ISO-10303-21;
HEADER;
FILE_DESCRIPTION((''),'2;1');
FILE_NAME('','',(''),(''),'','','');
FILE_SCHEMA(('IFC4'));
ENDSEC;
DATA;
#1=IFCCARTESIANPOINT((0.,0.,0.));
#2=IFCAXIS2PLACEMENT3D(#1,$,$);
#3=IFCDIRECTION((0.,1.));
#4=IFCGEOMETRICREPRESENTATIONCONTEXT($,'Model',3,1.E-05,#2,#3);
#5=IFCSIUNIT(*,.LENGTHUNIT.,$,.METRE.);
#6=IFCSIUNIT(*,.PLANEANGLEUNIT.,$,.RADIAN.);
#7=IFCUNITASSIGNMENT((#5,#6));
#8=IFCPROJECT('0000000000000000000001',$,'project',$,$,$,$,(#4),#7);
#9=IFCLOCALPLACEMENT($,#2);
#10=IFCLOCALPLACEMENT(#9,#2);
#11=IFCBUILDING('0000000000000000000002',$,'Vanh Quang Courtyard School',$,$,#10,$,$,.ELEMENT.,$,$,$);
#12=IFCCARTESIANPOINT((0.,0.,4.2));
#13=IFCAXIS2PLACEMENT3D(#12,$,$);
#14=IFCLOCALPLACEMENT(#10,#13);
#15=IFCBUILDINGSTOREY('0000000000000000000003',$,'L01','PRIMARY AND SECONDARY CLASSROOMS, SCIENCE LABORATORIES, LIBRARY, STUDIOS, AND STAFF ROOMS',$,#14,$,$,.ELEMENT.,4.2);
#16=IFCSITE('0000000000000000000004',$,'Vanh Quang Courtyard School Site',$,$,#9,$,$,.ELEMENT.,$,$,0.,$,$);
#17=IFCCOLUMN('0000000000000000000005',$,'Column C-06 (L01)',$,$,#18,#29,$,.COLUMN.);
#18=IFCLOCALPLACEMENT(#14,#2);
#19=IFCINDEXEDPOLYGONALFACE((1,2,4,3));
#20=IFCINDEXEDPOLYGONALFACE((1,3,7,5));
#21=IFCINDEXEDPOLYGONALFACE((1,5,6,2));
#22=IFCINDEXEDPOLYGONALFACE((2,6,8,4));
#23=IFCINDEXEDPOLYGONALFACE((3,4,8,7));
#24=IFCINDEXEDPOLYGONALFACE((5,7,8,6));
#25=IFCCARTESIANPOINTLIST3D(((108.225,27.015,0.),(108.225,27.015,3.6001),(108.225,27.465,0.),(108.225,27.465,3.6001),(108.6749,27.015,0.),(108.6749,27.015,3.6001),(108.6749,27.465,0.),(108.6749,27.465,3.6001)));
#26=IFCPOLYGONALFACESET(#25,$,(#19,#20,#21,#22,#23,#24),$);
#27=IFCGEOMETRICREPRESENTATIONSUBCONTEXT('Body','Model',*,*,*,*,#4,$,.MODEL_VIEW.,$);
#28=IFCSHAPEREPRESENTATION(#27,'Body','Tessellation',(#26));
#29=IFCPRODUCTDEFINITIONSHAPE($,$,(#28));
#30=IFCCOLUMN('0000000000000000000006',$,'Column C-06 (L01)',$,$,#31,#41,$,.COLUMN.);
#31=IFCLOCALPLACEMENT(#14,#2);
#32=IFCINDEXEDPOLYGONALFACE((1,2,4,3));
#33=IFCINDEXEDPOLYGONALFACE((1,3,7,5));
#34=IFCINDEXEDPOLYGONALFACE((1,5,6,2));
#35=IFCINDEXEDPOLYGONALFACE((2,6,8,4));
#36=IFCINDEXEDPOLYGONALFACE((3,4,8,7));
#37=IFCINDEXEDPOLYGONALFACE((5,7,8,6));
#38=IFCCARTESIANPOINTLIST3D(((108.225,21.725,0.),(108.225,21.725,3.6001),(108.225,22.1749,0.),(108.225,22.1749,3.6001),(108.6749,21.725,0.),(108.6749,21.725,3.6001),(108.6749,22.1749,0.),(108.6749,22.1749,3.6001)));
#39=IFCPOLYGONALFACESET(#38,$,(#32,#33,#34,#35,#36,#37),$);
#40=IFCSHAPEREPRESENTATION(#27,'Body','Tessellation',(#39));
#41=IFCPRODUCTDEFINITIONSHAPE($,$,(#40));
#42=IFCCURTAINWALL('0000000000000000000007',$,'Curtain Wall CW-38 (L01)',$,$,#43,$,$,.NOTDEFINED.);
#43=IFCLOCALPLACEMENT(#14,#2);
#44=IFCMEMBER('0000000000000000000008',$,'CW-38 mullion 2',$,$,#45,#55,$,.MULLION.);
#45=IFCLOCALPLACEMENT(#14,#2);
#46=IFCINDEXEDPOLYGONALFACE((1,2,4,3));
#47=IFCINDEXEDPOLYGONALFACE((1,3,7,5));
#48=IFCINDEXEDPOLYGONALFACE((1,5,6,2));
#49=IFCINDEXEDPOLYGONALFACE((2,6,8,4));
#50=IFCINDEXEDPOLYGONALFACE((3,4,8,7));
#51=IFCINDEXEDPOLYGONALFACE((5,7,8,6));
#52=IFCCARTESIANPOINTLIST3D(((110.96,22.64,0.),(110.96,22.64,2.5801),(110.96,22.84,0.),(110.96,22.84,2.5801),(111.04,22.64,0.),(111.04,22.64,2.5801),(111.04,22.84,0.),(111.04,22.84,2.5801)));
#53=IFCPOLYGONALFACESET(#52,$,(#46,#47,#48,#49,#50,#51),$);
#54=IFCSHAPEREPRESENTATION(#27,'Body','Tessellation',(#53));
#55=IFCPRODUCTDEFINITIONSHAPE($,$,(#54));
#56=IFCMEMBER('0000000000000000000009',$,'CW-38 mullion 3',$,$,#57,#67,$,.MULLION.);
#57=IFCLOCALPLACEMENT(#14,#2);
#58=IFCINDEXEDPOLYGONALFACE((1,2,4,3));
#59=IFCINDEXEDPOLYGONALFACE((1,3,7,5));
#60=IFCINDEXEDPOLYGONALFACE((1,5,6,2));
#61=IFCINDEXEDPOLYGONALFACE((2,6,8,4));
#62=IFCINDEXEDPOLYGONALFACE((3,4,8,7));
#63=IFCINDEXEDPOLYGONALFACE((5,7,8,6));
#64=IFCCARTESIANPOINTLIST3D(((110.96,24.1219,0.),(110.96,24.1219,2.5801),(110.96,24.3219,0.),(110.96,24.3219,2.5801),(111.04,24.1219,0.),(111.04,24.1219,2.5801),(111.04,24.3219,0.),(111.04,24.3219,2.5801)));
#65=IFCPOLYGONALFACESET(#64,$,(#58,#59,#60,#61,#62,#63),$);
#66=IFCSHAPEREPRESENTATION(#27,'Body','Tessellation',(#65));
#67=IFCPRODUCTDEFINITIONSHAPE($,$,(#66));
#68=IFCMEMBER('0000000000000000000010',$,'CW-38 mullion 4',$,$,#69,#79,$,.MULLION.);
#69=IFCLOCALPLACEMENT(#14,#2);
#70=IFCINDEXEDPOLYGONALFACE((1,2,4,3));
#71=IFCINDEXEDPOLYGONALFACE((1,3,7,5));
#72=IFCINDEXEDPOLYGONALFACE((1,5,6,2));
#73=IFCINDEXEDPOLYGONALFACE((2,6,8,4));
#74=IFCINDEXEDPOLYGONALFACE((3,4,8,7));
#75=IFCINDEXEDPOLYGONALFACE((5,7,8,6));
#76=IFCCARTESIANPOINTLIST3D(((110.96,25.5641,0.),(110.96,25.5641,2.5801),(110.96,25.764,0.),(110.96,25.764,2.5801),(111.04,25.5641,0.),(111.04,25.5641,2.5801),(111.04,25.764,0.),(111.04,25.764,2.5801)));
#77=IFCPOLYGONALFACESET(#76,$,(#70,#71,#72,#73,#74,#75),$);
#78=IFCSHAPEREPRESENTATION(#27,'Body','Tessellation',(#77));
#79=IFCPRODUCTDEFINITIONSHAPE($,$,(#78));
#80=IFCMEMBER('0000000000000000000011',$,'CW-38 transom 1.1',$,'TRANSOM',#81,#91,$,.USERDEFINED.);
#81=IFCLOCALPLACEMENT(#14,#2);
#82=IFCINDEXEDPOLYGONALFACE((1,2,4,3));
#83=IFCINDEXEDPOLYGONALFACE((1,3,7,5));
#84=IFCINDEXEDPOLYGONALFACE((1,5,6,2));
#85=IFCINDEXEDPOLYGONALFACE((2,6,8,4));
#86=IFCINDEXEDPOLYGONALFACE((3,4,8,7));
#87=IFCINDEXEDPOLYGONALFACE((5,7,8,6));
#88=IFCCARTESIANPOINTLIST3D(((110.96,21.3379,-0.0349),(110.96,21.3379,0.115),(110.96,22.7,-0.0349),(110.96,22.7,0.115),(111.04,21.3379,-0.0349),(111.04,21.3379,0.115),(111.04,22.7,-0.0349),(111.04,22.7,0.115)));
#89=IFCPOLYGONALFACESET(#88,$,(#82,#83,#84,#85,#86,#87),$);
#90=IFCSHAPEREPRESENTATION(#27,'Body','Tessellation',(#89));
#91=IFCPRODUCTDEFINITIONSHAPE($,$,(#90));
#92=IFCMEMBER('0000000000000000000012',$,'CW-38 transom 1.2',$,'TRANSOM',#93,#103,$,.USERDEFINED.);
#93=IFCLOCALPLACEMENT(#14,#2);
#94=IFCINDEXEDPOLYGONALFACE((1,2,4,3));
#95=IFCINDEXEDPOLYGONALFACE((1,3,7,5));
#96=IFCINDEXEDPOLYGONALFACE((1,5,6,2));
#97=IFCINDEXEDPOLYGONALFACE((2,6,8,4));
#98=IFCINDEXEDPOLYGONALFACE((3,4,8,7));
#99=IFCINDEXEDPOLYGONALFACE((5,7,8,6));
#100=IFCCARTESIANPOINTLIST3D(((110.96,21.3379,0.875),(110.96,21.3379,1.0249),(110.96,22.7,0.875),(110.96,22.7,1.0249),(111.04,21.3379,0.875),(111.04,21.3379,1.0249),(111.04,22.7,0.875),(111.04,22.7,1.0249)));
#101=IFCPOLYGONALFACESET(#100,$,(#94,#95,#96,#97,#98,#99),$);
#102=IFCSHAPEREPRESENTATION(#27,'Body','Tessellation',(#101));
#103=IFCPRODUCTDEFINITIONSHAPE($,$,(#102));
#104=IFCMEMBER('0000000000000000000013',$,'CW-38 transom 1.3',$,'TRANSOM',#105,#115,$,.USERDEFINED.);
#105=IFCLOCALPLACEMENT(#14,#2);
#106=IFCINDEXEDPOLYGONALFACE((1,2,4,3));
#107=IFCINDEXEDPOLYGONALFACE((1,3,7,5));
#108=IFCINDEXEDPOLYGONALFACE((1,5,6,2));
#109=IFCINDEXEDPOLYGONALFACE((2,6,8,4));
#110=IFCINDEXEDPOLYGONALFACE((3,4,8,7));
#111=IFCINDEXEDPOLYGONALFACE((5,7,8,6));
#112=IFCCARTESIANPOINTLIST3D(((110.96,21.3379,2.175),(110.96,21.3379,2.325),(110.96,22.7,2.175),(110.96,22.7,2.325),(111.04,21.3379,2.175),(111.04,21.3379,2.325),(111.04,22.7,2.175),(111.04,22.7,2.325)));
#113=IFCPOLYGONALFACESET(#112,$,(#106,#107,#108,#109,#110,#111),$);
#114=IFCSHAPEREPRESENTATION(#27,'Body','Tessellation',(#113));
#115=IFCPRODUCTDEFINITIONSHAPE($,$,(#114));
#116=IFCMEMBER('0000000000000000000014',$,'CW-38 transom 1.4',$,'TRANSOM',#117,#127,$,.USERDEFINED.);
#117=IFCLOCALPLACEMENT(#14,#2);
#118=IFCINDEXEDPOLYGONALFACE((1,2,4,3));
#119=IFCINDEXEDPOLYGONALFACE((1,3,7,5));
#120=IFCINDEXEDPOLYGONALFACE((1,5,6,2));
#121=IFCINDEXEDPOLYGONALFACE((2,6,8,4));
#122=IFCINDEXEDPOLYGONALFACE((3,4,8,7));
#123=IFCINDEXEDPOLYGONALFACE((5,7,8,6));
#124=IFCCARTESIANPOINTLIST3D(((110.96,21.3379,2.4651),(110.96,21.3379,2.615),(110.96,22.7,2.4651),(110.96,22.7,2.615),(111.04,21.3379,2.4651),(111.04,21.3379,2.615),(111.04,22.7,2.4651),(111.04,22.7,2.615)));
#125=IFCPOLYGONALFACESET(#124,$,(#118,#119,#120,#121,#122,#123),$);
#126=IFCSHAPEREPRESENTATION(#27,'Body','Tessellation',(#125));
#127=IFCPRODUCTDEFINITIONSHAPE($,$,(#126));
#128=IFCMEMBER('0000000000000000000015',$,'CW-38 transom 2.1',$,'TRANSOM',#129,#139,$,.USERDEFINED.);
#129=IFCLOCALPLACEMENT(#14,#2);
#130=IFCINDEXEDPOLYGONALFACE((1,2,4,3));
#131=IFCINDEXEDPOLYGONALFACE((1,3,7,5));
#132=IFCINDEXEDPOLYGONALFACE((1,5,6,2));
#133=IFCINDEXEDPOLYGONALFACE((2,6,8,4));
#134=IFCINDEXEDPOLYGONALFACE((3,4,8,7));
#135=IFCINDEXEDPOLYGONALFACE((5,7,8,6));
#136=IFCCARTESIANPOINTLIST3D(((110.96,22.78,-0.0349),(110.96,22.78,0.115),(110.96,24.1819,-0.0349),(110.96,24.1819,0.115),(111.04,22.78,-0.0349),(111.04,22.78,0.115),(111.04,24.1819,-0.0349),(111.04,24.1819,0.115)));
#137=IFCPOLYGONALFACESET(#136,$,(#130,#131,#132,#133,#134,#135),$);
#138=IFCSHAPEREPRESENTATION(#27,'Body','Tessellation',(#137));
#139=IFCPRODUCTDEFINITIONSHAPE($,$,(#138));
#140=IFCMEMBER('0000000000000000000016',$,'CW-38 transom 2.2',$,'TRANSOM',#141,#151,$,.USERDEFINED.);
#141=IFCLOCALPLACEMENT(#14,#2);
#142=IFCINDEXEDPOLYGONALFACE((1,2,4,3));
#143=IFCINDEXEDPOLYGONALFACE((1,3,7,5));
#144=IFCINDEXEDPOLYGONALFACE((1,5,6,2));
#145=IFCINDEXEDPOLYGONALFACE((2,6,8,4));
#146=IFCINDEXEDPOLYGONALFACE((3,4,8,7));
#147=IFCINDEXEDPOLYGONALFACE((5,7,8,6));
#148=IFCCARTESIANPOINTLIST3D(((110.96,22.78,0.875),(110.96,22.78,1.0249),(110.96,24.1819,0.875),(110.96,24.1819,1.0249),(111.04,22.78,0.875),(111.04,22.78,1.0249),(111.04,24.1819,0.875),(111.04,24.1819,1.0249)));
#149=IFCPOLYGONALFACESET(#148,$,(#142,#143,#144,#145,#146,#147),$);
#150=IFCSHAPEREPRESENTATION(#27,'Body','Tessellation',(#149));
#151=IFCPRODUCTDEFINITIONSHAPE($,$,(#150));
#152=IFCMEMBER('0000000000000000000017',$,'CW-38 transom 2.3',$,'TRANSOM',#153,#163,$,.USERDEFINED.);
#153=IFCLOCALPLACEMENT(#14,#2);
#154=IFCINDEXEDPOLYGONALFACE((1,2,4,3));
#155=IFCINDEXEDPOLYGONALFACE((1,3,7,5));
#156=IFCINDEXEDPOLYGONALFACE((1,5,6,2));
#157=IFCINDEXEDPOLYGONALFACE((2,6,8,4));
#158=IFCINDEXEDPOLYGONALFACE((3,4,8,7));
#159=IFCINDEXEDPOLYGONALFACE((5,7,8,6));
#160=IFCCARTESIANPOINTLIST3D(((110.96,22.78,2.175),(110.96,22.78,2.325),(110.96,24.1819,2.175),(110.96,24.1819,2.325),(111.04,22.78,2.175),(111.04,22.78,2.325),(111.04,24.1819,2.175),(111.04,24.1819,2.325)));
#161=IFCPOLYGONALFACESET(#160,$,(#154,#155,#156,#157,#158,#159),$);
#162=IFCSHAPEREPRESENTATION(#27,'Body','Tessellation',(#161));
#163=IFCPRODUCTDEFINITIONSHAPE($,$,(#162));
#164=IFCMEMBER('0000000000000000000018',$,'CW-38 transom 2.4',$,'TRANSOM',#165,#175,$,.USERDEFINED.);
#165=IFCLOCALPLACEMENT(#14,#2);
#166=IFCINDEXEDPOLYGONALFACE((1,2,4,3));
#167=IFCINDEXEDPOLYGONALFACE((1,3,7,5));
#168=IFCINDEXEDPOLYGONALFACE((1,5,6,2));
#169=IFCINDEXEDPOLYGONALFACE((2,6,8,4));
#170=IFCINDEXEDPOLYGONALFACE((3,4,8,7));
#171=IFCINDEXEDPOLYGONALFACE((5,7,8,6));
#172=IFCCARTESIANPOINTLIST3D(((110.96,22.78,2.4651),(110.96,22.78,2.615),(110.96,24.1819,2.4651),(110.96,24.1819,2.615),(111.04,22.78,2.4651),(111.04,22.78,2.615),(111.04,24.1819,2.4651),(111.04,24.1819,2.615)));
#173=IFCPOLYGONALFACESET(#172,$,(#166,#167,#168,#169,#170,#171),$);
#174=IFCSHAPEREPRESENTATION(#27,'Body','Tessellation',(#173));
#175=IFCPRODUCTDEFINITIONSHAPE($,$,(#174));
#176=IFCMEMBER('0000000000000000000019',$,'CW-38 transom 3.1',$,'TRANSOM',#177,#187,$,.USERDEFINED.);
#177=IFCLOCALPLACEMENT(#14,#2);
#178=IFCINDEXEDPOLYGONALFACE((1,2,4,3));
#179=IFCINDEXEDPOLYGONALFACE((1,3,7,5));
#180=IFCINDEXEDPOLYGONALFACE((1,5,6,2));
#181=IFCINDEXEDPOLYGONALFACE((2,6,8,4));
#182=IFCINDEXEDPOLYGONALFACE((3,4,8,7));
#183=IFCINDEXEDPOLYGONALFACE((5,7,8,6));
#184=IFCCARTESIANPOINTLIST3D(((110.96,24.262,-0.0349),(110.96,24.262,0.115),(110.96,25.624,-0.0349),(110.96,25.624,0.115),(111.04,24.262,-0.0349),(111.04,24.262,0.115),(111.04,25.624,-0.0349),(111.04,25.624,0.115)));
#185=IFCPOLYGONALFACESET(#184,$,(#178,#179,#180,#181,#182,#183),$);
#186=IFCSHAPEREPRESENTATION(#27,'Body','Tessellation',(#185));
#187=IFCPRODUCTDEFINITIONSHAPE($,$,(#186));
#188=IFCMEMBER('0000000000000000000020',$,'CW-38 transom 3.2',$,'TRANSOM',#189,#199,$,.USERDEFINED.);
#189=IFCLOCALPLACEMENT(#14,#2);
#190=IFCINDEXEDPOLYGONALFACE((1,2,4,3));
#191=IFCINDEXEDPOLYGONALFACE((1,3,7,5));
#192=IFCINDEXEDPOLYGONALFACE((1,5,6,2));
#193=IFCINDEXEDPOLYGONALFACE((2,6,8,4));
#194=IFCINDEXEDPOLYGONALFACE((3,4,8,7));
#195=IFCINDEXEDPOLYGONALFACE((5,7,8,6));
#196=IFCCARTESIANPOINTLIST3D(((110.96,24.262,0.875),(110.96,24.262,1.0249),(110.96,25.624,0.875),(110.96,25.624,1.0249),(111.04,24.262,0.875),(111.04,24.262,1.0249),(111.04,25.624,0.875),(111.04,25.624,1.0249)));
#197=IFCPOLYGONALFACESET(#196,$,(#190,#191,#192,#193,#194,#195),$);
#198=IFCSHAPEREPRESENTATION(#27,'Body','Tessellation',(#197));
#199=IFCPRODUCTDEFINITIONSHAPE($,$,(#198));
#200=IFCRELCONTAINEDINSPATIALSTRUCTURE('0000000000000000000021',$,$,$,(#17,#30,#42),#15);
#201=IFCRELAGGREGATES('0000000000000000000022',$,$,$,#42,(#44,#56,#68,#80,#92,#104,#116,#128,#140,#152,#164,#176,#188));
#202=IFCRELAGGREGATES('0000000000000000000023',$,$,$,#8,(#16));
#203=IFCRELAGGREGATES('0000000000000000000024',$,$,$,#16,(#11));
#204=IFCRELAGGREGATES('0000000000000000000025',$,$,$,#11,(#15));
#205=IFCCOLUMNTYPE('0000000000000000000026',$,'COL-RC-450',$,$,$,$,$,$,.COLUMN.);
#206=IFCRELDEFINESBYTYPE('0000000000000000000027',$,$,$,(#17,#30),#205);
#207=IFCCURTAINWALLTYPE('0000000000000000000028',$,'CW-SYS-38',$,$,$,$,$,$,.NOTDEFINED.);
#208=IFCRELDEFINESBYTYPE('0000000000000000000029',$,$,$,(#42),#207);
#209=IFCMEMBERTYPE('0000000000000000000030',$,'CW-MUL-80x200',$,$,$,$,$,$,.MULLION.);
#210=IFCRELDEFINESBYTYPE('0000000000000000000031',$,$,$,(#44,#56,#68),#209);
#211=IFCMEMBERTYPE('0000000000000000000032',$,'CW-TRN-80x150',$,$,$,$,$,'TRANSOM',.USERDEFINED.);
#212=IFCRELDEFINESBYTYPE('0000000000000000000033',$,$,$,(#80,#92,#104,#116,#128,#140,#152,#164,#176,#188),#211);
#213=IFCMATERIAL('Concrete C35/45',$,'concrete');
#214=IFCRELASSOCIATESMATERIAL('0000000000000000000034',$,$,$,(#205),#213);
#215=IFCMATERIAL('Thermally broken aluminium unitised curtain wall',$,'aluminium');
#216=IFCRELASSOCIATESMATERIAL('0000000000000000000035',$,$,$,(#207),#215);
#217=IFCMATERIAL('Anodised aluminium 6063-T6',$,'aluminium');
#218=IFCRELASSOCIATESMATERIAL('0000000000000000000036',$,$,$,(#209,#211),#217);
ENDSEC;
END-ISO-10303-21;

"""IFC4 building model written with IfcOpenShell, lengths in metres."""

from ifc_helpers import new_model, si_unit, direction, frame, origin, origin_2d, place, context, subcontext, project, spatial, rectangle, extrude, material, material_profile, profile_set, type_object, element, aggregate, save


model = new_model("IFC4")

# Units and contexts
model_context = context("Model", 3, precision=1e-05, world=origin(), true_north=direction((0.0, 1.0)))
body_context = subcontext(model_context, "Body", "Model", "MODEL_VIEW")
ifc_project = project(units=[si_unit("LENGTHUNIT", "METRE"), si_unit("PLANEANGLEUNIT", "RADIAN")], contexts=[model_context])

# Site, building, storey
site_placement = place(None, origin())
site = spatial("IfcSite", under=ifc_project, at=site_placement, Name="Vanh Quang Courtyard School Site", CompositionType="ELEMENT", RefElevation=0.0)
building_placement = place(site_placement, origin())
building = spatial("IfcBuilding", under=site, at=building_placement, Name="Vanh Quang Courtyard School", CompositionType="ELEMENT")
storey_placement = place(building_placement, frame((0.0, 0.0, 4.2)))
storey = spatial("IfcBuildingStorey", under=building, at=storey_placement, Name="L01", Description="PRIMARY AND SECONDARY CLASSROOMS, SCIENCE LABORATORIES, LIBRARY, STUDIOS, AND STAFF ROOMS", CompositionType="ELEMENT", Elevation=4.2)

# Columns
ifc_material_1 = material(Name="Concrete C35/45", Category="concrete")
ifc_material_profile_1 = material_profile(ifc_material_1, rectangle(XDim=0.45, YDim=0.45, at=origin_2d()), Name="RC-COL 450x450")
ifc_profile_set_1 = profile_set([ifc_material_profile_1], Name="Concrete C35/45")
column_type = type_object("IfcColumnType", Name="COL-RC-450", PredefinedType="COLUMN", material=ifc_profile_set_1)
for number, where, z_axis, x_axis, name in (
    (1, (108.45, 27.24, 0.0), (0.0, 0.0, 1.0), (1.0, 0.0, 0.0), "Column C-06 (L01)"),
    (2, (108.45, 21.95, 0.0), (0.0, 0.0, 1.0), (1.0, 0.0, 0.0), "Column C-06 (L01)"),
):
    element("IfcColumn", number, at=place(storey_placement, frame(where, z_axis=z_axis, x_axis=x_axis)), inside=storey, type_object=column_type, Name=name, PredefinedType="COLUMN", context=body_context, shape_type="SweptSolid", body=[
        extrude(rectangle(XDim=0.45, YDim=0.45, at=origin_2d()), origin(), (0.0, 0.0, 1.0), 3.6001),
    ])

# Curtain wall, members
ifc_material_2 = material(Name="Thermally broken aluminium unitised curtain wall", Category="aluminium")
curtain_wall_type = type_object("IfcCurtainWallType", Name="CW-SYS-38", PredefinedType="NOTDEFINED", material=ifc_material_2)
curtain_wall_placement = place(storey_placement, origin())
curtain_wall = element("IfcCurtainWall", 3, at=curtain_wall_placement, inside=storey, type_object=curtain_wall_type, Name="Curtain Wall CW-38 (L01)", PredefinedType="NOTDEFINED")
ifc_material_3 = material(Name="Anodised aluminium 6063-T6", Category="aluminium")
ifc_material_profile_2 = material_profile(ifc_material_3, rectangle(XDim=0.0801, YDim=0.2, at=origin_2d()), Name="ALU-MUL 80x200")
ifc_profile_set_2 = profile_set([ifc_material_profile_2], Name="Anodised aluminium 6063-T6")
member_type_1 = type_object("IfcMemberType", Name="CW-MUL-80x200", PredefinedType="MULLION", material=ifc_profile_set_2)
member_1_placement = place(storey_placement, frame((111.0, 22.74, 0.0), z_axis=(0.0, 0.0, 1.0), x_axis=(-1.0, 0.0, 0.0)))
member_1 = element("IfcMember", 4, at=member_1_placement, type_object=member_type_1, Name="CW-38 mullion 2", PredefinedType="MULLION", context=body_context, shape_type="SweptSolid", body=[
    extrude(rectangle(XDim=0.0801, YDim=0.2, at=origin_2d()), origin(), (0.0, 0.0, 1.0), 2.5801),
])
member_2_placement = place(storey_placement, frame((111.0, 24.2219, 0.0), z_axis=(0.0, 0.0, 1.0), x_axis=(-1.0, 0.0, 0.0)))
member_2 = element("IfcMember", 5, at=member_2_placement, type_object=member_type_1, Name="CW-38 mullion 3", PredefinedType="MULLION", context=body_context, shape_type="SweptSolid", body=[
    extrude(rectangle(XDim=0.0801, YDim=0.2, at=origin_2d()), origin(), (0.0, 0.0, 1.0), 2.5801),
])
member_3_placement = place(storey_placement, frame((111.0, 25.6641, 0.0), z_axis=(0.0, 0.0, 1.0), x_axis=(-1.0, 0.0, 0.0)))
member_3 = element("IfcMember", 6, at=member_3_placement, type_object=member_type_1, Name="CW-38 mullion 4", PredefinedType="MULLION", context=body_context, shape_type="SweptSolid", body=[
    extrude(rectangle(XDim=0.0801, YDim=0.2, at=origin_2d()), origin(), (0.0, 0.0, 1.0), 2.5801),
])
ifc_material_profile_3 = material_profile(ifc_material_3, rectangle(XDim=0.0801, YDim=0.1499, at=origin_2d()), Name="ALU-TRN 80x150")
ifc_profile_set_3 = profile_set([ifc_material_profile_3], Name="Anodised aluminium 6063-T6")
member_type_2 = type_object("IfcMemberType", Name="CW-TRN-80x150", ElementType="TRANSOM", PredefinedType="USERDEFINED", material=ifc_profile_set_3)
member_4_placement = place(storey_placement, frame((111.0, 21.3379, 0.04), z_axis=(0.0, 1.0, 0.0), x_axis=(-1.0, 0.0, 0.0)))
member_4 = element("IfcMember", 7, at=member_4_placement, type_object=member_type_2, Name="CW-38 transom 1.1", ObjectType="TRANSOM", PredefinedType="USERDEFINED", context=body_context, shape_type="SweptSolid", body=[
    extrude(rectangle(XDim=0.0801, YDim=0.1499, at=origin_2d()), origin(), (0.0, 0.0, 1.0), 1.3621),
])
member_5_placement = place(storey_placement, frame((111.0, 21.3379, 0.95), z_axis=(0.0, 1.0, 0.0), x_axis=(-1.0, 0.0, 0.0)))
member_5 = element("IfcMember", 8, at=member_5_placement, type_object=member_type_2, Name="CW-38 transom 1.2", ObjectType="TRANSOM", PredefinedType="USERDEFINED", context=body_context, shape_type="SweptSolid", body=[
    extrude(rectangle(XDim=0.0801, YDim=0.1499, at=origin_2d()), origin(), (0.0, 0.0, 1.0), 1.3621),
])
member_6_placement = place(storey_placement, frame((111.0, 21.3379, 2.25), z_axis=(0.0, 1.0, 0.0), x_axis=(-1.0, 0.0, 0.0)))
member_6 = element("IfcMember", 9, at=member_6_placement, type_object=member_type_2, Name="CW-38 transom 1.3", ObjectType="TRANSOM", PredefinedType="USERDEFINED", context=body_context, shape_type="SweptSolid", body=[
    extrude(rectangle(XDim=0.0801, YDim=0.1499, at=origin_2d()), origin(), (0.0, 0.0, 1.0), 1.3621),
])
member_7_placement = place(storey_placement, frame((111.0, 21.3379, 2.54), z_axis=(0.0, 1.0, 0.0), x_axis=(-1.0, 0.0, 0.0)))
member_7 = element("IfcMember", 10, at=member_7_placement, type_object=member_type_2, Name="CW-38 transom 1.4", ObjectType="TRANSOM", PredefinedType="USERDEFINED", context=body_context, shape_type="SweptSolid", body=[
    extrude(rectangle(XDim=0.0801, YDim=0.1499, at=origin_2d()), origin(), (0.0, 0.0, 1.0), 1.3621),
])
member_8_placement = place(storey_placement, frame((111.0, 22.78, 0.04), z_axis=(0.0, 1.0, 0.0), x_axis=(-1.0, 0.0, 0.0)))
member_8 = element("IfcMember", 11, at=member_8_placement, type_object=member_type_2, Name="CW-38 transom 2.1", ObjectType="TRANSOM", PredefinedType="USERDEFINED", context=body_context, shape_type="SweptSolid", body=[
    extrude(rectangle(XDim=0.0801, YDim=0.1499, at=origin_2d()), origin(), (0.0, 0.0, 1.0), 1.4019),
])
member_9_placement = place(storey_placement, frame((111.0, 22.78, 0.95), z_axis=(0.0, 1.0, 0.0), x_axis=(-1.0, 0.0, 0.0)))
member_9 = element("IfcMember", 12, at=member_9_placement, type_object=member_type_2, Name="CW-38 transom 2.2", ObjectType="TRANSOM", PredefinedType="USERDEFINED", context=body_context, shape_type="SweptSolid", body=[
    extrude(rectangle(XDim=0.0801, YDim=0.1499, at=origin_2d()), origin(), (0.0, 0.0, 1.0), 1.4019),
])
member_10_placement = place(storey_placement, frame((111.0, 22.78, 2.25), z_axis=(0.0, 1.0, 0.0), x_axis=(-1.0, 0.0, 0.0)))
member_10 = element("IfcMember", 13, at=member_10_placement, type_object=member_type_2, Name="CW-38 transom 2.3", ObjectType="TRANSOM", PredefinedType="USERDEFINED", context=body_context, shape_type="SweptSolid", body=[
    extrude(rectangle(XDim=0.0801, YDim=0.1499, at=origin_2d()), origin(), (0.0, 0.0, 1.0), 1.4019),
])
member_11_placement = place(storey_placement, frame((111.0, 22.78, 2.54), z_axis=(0.0, 1.0, 0.0), x_axis=(-1.0, 0.0, 0.0)))
member_11 = element("IfcMember", 14, at=member_11_placement, type_object=member_type_2, Name="CW-38 transom 2.4", ObjectType="TRANSOM", PredefinedType="USERDEFINED", context=body_context, shape_type="SweptSolid", body=[
    extrude(rectangle(XDim=0.0801, YDim=0.1499, at=origin_2d()), origin(), (0.0, 0.0, 1.0), 1.4019),
])
member_12_placement = place(storey_placement, frame((111.0, 24.262, 0.04), z_axis=(0.0, 1.0, 0.0), x_axis=(-1.0, 0.0, 0.0)))
member_12 = element("IfcMember", 15, at=member_12_placement, type_object=member_type_2, Name="CW-38 transom 3.1", ObjectType="TRANSOM", PredefinedType="USERDEFINED", context=body_context, shape_type="SweptSolid", body=[
    extrude(rectangle(XDim=0.0801, YDim=0.1499, at=origin_2d()), origin(), (0.0, 0.0, 1.0), 1.3621),
])
member_13_placement = place(storey_placement, frame((111.0, 24.262, 0.95), z_axis=(0.0, 1.0, 0.0), x_axis=(-1.0, 0.0, 0.0)))
member_13 = element("IfcMember", 16, at=member_13_placement, type_object=member_type_2, Name="CW-38 transom 3.2", ObjectType="TRANSOM", PredefinedType="USERDEFINED", context=body_context, shape_type="SweptSolid", body=[
    extrude(rectangle(XDim=0.0801, YDim=0.1499, at=origin_2d()), origin(), (0.0, 0.0, 1.0), 1.3621),
])

aggregate(curtain_wall, [member_1, member_2, member_3, member_4, member_5, member_6, member_7, member_8, member_9, member_10, member_11, member_12, member_13])

save(model, "model.ifc")
